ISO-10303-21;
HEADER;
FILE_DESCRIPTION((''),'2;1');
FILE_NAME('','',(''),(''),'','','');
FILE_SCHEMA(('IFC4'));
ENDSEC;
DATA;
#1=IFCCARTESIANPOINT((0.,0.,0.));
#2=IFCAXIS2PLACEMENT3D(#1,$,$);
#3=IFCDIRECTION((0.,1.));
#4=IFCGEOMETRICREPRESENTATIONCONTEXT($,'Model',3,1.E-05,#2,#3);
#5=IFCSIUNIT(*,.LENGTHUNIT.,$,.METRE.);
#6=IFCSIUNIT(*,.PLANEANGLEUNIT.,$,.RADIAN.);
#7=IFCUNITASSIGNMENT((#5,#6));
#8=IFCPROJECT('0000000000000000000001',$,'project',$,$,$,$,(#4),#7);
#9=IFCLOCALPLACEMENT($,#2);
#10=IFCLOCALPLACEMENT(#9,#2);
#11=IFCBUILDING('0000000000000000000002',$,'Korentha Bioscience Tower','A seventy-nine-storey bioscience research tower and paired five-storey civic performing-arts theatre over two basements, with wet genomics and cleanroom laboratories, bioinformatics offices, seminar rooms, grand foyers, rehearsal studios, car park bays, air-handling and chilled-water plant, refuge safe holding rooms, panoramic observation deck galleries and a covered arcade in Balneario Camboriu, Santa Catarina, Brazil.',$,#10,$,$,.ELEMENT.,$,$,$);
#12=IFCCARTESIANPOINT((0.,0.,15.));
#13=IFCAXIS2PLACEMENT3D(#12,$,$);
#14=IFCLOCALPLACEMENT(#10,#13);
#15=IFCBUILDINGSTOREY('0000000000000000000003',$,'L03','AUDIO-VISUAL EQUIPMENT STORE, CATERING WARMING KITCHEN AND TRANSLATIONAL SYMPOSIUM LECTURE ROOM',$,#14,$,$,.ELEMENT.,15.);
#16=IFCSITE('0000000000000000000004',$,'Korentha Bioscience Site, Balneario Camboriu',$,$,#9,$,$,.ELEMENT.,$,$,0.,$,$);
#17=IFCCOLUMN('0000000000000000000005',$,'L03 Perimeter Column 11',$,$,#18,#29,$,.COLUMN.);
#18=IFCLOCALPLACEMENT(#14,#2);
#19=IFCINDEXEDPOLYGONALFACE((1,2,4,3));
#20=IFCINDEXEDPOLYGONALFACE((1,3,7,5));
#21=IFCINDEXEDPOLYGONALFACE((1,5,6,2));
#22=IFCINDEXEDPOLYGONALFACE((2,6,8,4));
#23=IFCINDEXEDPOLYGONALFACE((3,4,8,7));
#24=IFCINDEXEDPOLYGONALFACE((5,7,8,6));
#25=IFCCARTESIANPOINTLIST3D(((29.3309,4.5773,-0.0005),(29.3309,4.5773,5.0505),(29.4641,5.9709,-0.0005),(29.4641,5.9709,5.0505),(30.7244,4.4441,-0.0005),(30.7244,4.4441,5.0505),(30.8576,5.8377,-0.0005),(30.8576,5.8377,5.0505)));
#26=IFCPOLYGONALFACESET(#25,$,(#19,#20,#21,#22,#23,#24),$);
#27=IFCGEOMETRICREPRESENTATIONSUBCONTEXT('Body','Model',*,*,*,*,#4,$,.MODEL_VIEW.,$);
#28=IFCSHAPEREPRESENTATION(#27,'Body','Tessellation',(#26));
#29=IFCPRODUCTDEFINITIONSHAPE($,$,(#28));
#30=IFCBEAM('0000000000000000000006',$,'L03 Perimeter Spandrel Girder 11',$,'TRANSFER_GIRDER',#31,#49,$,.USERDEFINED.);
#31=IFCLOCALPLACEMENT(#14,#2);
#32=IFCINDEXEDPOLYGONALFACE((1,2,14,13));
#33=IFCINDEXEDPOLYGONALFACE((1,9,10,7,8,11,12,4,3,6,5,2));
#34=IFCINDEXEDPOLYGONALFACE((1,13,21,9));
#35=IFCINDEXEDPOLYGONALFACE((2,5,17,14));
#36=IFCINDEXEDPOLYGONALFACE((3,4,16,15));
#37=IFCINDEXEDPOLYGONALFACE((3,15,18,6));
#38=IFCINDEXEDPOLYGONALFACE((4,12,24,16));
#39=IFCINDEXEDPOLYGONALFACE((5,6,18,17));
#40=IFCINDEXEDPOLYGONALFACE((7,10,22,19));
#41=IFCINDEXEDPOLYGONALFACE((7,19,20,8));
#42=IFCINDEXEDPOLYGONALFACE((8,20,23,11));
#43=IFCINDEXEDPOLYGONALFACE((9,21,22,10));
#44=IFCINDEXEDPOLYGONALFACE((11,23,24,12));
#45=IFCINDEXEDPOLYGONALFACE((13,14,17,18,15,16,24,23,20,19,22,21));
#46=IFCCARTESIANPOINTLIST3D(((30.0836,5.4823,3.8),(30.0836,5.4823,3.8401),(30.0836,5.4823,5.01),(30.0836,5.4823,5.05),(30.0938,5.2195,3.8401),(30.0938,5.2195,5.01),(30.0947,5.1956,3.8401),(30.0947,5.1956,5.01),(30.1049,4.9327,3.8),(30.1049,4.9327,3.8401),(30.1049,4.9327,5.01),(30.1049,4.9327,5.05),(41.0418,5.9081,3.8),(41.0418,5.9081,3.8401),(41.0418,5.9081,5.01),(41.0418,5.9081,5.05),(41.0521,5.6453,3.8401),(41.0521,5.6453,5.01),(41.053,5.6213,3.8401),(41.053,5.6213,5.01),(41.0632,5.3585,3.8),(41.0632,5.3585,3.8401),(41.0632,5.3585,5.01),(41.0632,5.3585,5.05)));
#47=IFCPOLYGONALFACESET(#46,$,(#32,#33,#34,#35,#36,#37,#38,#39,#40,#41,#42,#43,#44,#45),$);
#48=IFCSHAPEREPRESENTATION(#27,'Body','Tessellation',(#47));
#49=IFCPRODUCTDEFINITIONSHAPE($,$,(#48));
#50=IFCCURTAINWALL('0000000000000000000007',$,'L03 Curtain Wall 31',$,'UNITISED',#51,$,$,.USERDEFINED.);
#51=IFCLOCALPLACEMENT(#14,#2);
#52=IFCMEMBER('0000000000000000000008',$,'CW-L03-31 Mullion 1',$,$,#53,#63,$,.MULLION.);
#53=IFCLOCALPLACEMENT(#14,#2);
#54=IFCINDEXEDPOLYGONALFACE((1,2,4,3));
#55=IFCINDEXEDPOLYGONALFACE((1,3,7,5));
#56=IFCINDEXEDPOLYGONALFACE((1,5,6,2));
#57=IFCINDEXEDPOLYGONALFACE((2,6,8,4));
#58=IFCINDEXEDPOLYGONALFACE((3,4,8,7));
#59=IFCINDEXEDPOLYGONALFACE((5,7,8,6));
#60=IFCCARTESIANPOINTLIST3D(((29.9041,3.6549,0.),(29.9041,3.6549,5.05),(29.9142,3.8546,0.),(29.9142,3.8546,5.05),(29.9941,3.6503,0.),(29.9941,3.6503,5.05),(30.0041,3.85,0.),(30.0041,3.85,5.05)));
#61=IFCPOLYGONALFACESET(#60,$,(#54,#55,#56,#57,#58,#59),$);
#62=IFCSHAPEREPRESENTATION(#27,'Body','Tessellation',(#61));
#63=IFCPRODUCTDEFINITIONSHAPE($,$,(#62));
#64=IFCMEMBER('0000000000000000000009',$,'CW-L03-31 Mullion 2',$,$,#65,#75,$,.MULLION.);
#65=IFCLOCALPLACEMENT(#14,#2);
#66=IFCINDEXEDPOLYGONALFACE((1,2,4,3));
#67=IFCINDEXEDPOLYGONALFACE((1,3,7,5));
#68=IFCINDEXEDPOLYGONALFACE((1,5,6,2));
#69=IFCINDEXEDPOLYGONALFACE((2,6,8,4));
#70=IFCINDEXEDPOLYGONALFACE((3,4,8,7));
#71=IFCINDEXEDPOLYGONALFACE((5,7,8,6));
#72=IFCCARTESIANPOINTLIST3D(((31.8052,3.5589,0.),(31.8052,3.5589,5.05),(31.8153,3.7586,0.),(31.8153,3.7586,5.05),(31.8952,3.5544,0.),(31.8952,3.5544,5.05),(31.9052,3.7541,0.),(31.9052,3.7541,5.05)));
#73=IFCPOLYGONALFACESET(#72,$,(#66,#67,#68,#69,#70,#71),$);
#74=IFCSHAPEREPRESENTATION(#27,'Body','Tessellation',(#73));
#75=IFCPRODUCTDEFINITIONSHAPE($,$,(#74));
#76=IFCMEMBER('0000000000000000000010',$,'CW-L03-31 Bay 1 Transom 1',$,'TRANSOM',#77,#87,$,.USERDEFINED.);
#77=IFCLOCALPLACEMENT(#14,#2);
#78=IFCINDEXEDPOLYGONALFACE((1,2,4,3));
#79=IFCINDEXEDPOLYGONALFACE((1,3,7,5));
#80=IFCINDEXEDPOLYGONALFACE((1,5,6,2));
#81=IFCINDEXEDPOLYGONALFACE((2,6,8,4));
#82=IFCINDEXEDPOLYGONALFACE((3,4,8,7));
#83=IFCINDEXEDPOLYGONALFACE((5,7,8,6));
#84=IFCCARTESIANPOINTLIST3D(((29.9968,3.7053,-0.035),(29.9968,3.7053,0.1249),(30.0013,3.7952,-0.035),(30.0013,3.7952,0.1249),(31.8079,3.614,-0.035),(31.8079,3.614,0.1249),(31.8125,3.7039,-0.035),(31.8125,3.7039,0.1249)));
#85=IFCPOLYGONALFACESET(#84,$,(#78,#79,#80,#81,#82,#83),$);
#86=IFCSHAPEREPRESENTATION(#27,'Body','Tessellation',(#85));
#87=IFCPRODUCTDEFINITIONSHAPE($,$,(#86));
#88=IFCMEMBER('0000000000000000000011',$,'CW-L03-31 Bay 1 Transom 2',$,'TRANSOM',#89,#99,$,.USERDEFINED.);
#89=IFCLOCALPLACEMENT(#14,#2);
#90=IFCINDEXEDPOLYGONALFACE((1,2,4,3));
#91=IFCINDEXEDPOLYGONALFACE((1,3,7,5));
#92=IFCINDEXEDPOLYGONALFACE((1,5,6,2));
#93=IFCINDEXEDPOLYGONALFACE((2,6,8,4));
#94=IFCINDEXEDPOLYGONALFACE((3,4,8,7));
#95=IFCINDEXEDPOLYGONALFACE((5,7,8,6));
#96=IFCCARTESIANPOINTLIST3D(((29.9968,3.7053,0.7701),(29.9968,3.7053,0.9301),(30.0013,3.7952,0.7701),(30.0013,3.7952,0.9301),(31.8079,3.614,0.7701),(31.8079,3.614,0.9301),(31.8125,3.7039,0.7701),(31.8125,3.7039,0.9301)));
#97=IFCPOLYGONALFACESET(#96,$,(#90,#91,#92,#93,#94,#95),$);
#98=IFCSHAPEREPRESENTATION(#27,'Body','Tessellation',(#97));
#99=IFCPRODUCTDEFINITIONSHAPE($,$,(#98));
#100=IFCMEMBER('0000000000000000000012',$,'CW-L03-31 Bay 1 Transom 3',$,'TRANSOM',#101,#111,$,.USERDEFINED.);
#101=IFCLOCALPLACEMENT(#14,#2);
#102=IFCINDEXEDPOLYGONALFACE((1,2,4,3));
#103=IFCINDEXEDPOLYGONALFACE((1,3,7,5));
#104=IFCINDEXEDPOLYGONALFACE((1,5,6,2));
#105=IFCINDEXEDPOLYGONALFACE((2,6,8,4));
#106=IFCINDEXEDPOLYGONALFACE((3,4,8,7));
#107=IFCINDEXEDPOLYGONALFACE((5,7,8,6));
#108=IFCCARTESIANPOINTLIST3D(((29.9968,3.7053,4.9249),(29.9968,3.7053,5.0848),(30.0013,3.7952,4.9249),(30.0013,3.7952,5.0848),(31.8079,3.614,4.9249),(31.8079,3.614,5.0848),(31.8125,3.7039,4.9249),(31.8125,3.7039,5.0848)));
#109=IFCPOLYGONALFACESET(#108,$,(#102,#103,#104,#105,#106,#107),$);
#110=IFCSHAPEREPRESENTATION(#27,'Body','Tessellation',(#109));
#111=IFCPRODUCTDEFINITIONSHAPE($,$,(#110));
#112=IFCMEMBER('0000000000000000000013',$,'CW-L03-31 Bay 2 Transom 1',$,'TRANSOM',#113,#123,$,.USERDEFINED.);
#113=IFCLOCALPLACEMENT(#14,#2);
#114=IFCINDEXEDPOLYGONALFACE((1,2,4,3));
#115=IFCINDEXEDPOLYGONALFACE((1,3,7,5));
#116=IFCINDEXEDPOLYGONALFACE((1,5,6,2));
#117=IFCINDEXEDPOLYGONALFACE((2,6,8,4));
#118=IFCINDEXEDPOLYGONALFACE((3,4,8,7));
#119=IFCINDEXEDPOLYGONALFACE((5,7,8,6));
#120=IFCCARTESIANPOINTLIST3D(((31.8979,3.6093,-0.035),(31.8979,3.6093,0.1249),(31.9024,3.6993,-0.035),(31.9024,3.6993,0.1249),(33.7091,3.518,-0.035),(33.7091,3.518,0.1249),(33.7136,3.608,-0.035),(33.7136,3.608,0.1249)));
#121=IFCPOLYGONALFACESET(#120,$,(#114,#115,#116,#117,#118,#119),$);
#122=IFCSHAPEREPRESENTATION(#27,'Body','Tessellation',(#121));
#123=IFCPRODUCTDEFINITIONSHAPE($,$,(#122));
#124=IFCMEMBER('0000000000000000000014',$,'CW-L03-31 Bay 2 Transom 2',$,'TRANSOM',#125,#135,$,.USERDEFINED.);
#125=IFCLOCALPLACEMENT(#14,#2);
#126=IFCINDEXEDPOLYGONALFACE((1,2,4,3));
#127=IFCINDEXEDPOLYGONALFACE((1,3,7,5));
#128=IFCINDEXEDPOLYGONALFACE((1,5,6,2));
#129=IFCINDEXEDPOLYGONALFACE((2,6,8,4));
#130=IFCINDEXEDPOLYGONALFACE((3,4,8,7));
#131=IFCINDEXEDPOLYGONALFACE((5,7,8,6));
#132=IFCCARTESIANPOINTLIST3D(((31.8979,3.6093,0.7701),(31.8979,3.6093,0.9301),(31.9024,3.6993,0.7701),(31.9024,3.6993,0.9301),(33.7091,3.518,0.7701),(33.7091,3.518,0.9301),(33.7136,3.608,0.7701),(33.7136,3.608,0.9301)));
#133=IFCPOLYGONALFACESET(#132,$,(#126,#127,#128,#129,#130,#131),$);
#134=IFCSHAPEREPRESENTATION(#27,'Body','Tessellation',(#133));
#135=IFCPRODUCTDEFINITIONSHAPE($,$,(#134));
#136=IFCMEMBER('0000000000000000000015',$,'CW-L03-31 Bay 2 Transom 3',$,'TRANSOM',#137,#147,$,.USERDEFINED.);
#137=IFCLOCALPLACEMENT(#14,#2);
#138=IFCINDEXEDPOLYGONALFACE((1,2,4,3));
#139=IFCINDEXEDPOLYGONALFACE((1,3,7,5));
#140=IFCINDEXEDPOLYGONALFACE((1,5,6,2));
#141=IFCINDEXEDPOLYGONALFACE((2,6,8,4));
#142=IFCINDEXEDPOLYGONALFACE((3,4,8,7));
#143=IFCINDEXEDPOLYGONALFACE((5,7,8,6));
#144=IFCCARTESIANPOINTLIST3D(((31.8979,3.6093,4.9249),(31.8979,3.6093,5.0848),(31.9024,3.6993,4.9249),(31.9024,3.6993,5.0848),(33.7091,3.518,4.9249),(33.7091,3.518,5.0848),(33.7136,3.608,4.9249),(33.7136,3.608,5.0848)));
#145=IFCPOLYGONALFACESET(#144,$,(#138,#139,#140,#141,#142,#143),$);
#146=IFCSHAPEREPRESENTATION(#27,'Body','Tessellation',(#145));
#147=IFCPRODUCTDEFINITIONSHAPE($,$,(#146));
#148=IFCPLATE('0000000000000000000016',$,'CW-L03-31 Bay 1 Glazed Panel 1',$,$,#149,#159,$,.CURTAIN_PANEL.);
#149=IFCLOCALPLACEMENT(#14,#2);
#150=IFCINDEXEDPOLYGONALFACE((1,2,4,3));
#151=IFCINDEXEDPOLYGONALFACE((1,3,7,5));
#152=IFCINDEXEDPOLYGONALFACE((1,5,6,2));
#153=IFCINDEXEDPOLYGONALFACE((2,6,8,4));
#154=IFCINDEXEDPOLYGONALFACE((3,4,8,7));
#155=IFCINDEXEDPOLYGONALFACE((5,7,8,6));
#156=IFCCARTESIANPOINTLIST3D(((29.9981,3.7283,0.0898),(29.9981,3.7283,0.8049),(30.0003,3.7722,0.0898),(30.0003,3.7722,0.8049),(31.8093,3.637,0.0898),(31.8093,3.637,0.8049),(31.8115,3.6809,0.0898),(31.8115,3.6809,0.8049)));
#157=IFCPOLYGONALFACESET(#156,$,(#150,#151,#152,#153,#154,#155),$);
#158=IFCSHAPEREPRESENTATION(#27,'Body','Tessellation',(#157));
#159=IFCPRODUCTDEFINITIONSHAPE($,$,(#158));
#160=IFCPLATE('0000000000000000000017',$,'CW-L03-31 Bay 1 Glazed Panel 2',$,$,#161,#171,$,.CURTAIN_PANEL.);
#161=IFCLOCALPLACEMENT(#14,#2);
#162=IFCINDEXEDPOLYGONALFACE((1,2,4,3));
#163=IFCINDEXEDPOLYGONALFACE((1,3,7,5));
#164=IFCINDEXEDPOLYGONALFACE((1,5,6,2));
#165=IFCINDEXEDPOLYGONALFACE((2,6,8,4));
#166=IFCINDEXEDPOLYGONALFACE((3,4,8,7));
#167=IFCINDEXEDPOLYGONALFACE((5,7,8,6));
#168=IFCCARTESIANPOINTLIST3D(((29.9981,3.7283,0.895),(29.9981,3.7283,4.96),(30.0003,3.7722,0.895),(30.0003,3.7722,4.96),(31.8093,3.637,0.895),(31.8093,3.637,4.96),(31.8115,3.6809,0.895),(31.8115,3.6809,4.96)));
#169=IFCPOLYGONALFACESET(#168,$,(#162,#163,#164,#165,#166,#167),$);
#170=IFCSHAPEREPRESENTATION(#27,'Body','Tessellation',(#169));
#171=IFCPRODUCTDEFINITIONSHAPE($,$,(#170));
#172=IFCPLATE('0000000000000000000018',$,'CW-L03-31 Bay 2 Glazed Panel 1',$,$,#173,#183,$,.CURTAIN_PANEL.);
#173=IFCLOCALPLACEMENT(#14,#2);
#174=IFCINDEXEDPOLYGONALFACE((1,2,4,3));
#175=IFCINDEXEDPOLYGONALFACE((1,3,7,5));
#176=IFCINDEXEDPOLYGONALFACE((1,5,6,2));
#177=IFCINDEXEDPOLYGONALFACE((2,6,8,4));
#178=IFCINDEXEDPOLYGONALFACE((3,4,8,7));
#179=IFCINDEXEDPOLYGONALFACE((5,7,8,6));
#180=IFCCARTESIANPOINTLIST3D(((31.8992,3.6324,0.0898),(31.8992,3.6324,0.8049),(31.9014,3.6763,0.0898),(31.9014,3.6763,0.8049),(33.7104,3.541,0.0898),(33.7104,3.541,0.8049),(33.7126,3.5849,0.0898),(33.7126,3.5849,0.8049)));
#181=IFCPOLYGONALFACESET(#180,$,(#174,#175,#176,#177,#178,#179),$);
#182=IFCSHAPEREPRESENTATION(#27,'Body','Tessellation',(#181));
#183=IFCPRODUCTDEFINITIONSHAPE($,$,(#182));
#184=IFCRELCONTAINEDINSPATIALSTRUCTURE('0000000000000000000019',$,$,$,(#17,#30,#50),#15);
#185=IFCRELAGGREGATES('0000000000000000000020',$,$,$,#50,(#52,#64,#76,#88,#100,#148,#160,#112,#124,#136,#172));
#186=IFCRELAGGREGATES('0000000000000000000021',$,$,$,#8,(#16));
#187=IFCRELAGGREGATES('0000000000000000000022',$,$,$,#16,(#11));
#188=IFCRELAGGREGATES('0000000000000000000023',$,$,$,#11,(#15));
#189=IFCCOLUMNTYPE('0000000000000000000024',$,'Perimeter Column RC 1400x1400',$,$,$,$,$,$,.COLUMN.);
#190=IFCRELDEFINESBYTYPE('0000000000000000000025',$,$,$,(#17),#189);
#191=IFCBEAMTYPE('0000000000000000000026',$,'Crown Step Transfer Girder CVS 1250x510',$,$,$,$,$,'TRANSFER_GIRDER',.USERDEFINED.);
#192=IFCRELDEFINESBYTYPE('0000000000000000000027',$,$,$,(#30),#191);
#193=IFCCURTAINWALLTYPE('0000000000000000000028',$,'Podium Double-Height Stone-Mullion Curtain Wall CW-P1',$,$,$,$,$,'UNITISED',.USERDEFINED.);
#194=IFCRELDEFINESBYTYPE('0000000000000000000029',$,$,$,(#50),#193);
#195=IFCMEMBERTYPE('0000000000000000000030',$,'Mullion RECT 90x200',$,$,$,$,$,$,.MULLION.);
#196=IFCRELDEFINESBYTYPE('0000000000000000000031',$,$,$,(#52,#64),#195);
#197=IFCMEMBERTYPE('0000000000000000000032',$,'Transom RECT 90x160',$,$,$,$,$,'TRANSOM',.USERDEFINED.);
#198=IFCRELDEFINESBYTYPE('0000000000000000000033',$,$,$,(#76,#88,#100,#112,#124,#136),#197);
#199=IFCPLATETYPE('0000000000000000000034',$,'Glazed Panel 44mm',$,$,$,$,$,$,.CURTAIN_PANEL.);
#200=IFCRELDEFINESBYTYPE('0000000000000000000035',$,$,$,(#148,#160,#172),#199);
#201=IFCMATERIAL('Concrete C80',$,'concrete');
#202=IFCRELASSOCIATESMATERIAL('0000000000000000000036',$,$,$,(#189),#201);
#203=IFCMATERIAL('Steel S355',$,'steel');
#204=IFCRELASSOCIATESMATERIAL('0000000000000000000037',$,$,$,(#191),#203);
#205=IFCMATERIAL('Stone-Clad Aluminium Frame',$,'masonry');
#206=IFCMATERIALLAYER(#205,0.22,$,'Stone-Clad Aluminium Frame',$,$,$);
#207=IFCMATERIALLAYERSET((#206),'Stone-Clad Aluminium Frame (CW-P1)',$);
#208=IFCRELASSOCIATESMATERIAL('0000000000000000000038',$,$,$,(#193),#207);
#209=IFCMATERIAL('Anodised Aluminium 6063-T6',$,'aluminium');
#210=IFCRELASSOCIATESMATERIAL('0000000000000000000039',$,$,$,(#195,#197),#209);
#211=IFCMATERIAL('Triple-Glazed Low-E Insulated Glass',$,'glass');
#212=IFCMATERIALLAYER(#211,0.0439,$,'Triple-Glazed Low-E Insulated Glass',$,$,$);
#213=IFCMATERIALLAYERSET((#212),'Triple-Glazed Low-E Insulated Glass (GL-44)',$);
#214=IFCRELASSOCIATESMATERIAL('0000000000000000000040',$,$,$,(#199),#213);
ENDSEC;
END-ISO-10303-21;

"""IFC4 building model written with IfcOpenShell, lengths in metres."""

from ifc_helpers import new_model, si_unit, direction, frame, origin, origin_2d, place, context, subcontext, project, spatial, rectangle, i_section, extrude, material, layer, layer_set, material_profile, profile_set, type_object, element, aggregate, save


model = new_model("IFC4")

# Units and contexts
model_context = context("Model", 3, precision=1e-05, world=origin(), true_north=direction((0.0, 1.0)))
body_context = subcontext(model_context, "Body", "Model", "MODEL_VIEW")
ifc_project = project(units=[si_unit("LENGTHUNIT", "METRE"), si_unit("PLANEANGLEUNIT", "RADIAN")], contexts=[model_context])

# Site, building, storey
site_placement = place(None, origin())
site = spatial("IfcSite", under=ifc_project, at=site_placement, Name="Korentha Bioscience Site, Balneario Camboriu", CompositionType="ELEMENT", RefElevation=0.0)
building_placement = place(site_placement, origin())
building = spatial("IfcBuilding", under=site, at=building_placement, Name="Korentha Bioscience Tower", Description="A seventy-nine-storey bioscience research tower and paired five-storey civic performing-arts theatre over two basements, with wet genomics and cleanroom laboratories, bioinformatics offices, seminar rooms, grand foyers, rehearsal studios, car park bays, air-handling and chilled-water plant, refuge safe holding rooms, panoramic observation deck galleries and a covered arcade in Balneario Camboriu, Santa Catarina, Brazil.", CompositionType="ELEMENT")
storey_placement = place(building_placement, frame((0.0, 0.0, 15.0)))
storey = spatial("IfcBuildingStorey", under=building, at=storey_placement, Name="L03", Description="AUDIO-VISUAL EQUIPMENT STORE, CATERING WARMING KITCHEN AND TRANSLATIONAL SYMPOSIUM LECTURE ROOM", CompositionType="ELEMENT", Elevation=15.0)

# Column
ifc_material_1 = material(Name="Concrete C80", Category="concrete")
ifc_material_profile_1 = material_profile(ifc_material_1, rectangle(XDim=1.3999, YDim=1.3999, at=origin_2d()), Name="Concrete C80")
ifc_profile_set_1 = profile_set([ifc_material_profile_1], Name="Concrete C80 (COL-P14)")
column_type = type_object("IfcColumnType", Name="Perimeter Column RC 1400x1400", PredefinedType="COLUMN", material=ifc_profile_set_1)
column_placement = place(storey_placement, frame((30.0942, 5.2075, -0.0005), z_axis=(0.0, 0.0, 1.0), x_axis=(-0.995463, 0.095151, 0.0)))
element("IfcColumn", 1, at=column_placement, inside=storey, type_object=column_type, Name="L03 Perimeter Column 11", PredefinedType="COLUMN", context=body_context, shape_type="SweptSolid", body=[
    extrude(rectangle(XDim=1.3999, YDim=1.3999, at=origin_2d()), origin(), (0.0, 0.0, 1.0), 5.051),
])

# Beam
ifc_material_2 = material(Name="Steel S355", Category="steel")
ifc_material_profile_2 = material_profile(ifc_material_2, i_section(OverallWidth=0.55, OverallDepth=1.25, WebThickness=0.0239, FlangeThickness=0.04, at=origin_2d()), Name="Steel S355")
ifc_profile_set_2 = profile_set([ifc_material_profile_2], Name="Steel S355 (TG-03)")
beam_type = type_object("IfcBeamType", Name="Crown Step Transfer Girder CVS 1250x510", ElementType="TRANSFER_GIRDER", PredefinedType="USERDEFINED", material=ifc_profile_set_2)
beam_placement = place(storey_placement, frame((30.0942, 5.2075, 4.425), z_axis=(0.999246, 0.038826, 0.0), x_axis=(-0.038826, 0.999246, 0.0)))
element("IfcBeam", 2, at=beam_placement, inside=storey, type_object=beam_type, Name="L03 Perimeter Spandrel Girder 11", ObjectType="TRANSFER_GIRDER", PredefinedType="USERDEFINED", context=body_context, shape_type="SweptSolid", body=[
    extrude(i_section(OverallWidth=0.55, OverallDepth=1.25, WebThickness=0.0239, FlangeThickness=0.04, at=origin_2d()), origin(), (0.0, 0.0, 1.0), 10.9666),
])

# Curtain wall, members, plates
ifc_material_3 = material(Name="Stone-Clad Aluminium Frame", Category="masonry")
ifc_layer_1 = layer(ifc_material_3, 0.22, Name="Stone-Clad Aluminium Frame")
ifc_layer_set_1 = layer_set([ifc_layer_1], Name="Stone-Clad Aluminium Frame (CW-P1)")
curtain_wall_type = type_object("IfcCurtainWallType", Name="Podium Double-Height Stone-Mullion Curtain Wall CW-P1", ElementType="UNITISED", PredefinedType="USERDEFINED", material=ifc_layer_set_1)
curtain_wall_placement = place(storey_placement, origin())
curtain_wall = element("IfcCurtainWall", 3, at=curtain_wall_placement, inside=storey, type_object=curtain_wall_type, Name="L03 Curtain Wall 31", ObjectType="UNITISED", PredefinedType="USERDEFINED")
ifc_material_4 = material(Name="Anodised Aluminium 6063-T6", Category="aluminium")
ifc_material_profile_3 = material_profile(ifc_material_4, rectangle(XDim=0.0901, YDim=0.2, at=origin_2d()), Name="Anodised Aluminium 6063-T6")
ifc_profile_set_3 = profile_set([ifc_material_profile_3], Name="Anodised Aluminium 6063-T6 (CW-MUL)")
member_type_1 = type_object("IfcMemberType", Name="Mullion RECT 90x200", PredefinedType="MULLION", material=ifc_profile_set_3)
member_1_placement = place(storey_placement, frame((29.9541, 3.7524, 0.0), z_axis=(0.0, 0.0, 1.0), x_axis=(0.998731, -0.050371, 0.0)))
member_1 = element("IfcMember", 4, at=member_1_placement, type_object=member_type_1, Name="CW-L03-31 Mullion 1", PredefinedType="MULLION", context=body_context, shape_type="SweptSolid", body=[
    extrude(rectangle(XDim=0.0901, YDim=0.2, at=origin_2d()), origin(), (0.0, 0.0, 1.0), 5.05),
])
member_2_placement = place(storey_placement, frame((31.8552, 3.6565, 0.0), z_axis=(0.0, 0.0, 1.0), x_axis=(0.998731, -0.050371, 0.0)))
member_2 = element("IfcMember", 5, at=member_2_placement, type_object=member_type_1, Name="CW-L03-31 Mullion 2", PredefinedType="MULLION", context=body_context, shape_type="SweptSolid", body=[
    extrude(rectangle(XDim=0.0901, YDim=0.2, at=origin_2d()), origin(), (0.0, 0.0, 1.0), 5.05),
])
ifc_material_profile_4 = material_profile(ifc_material_4, rectangle(XDim=0.0901, YDim=0.1599, at=origin_2d()), Name="Anodised Aluminium 6063-T6")
ifc_profile_set_4 = profile_set([ifc_material_profile_4], Name="Anodised Aluminium 6063-T6 (CW-TRN)")
member_type_2 = type_object("IfcMemberType", Name="Transom RECT 90x160", ElementType="TRANSOM", PredefinedType="USERDEFINED", material=ifc_profile_set_4)
member_3_placement = place(storey_placement, frame((29.999, 3.7502, 0.0449), z_axis=(0.998732, -0.050347, 0.0), x_axis=(0.050347, 0.998732, 0.0)))
member_3 = element("IfcMember", 6, at=member_3_placement, type_object=member_type_2, Name="CW-L03-31 Bay 1 Transom 1", ObjectType="TRANSOM", PredefinedType="USERDEFINED", context=body_context, shape_type="SweptSolid", body=[
    extrude(rectangle(XDim=0.0901, YDim=0.1599, at=origin_2d()), origin(), (0.0, 0.0, 1.0), 1.8135),
])
member_4_placement = place(storey_placement, frame((29.999, 3.7502, 0.8501), z_axis=(0.998732, -0.050347, 0.0), x_axis=(0.050347, 0.998732, 0.0)))
member_4 = element("IfcMember", 7, at=member_4_placement, type_object=member_type_2, Name="CW-L03-31 Bay 1 Transom 2", ObjectType="TRANSOM", PredefinedType="USERDEFINED", context=body_context, shape_type="SweptSolid", body=[
    extrude(rectangle(XDim=0.0901, YDim=0.1599, at=origin_2d()), origin(), (0.0, 0.0, 1.0), 1.8135),
])
member_5_placement = place(storey_placement, frame((29.999, 3.7502, 5.0049), z_axis=(0.998732, -0.050347, 0.0), x_axis=(0.050347, 0.998732, 0.0)))
member_5 = element("IfcMember", 8, at=member_5_placement, type_object=member_type_2, Name="CW-L03-31 Bay 1 Transom 3", ObjectType="TRANSOM", PredefinedType="USERDEFINED", context=body_context, shape_type="SweptSolid", body=[
    extrude(rectangle(XDim=0.0901, YDim=0.1599, at=origin_2d()), origin(), (0.0, 0.0, 1.0), 1.8135),
])
member_6_placement = place(storey_placement, frame((31.9001, 3.6543, 0.0449), z_axis=(0.998732, -0.050347, 0.0), x_axis=(0.050347, 0.998732, 0.0)))
member_6 = element("IfcMember", 9, at=member_6_placement, type_object=member_type_2, Name="CW-L03-31 Bay 2 Transom 1", ObjectType="TRANSOM", PredefinedType="USERDEFINED", context=body_context, shape_type="SweptSolid", body=[
    extrude(rectangle(XDim=0.0901, YDim=0.1599, at=origin_2d()), origin(), (0.0, 0.0, 1.0), 1.8135),
])
member_7_placement = place(storey_placement, frame((31.9001, 3.6543, 0.8501), z_axis=(0.998732, -0.050347, 0.0), x_axis=(0.050347, 0.998732, 0.0)))
member_7 = element("IfcMember", 10, at=member_7_placement, type_object=member_type_2, Name="CW-L03-31 Bay 2 Transom 2", ObjectType="TRANSOM", PredefinedType="USERDEFINED", context=body_context, shape_type="SweptSolid", body=[
    extrude(rectangle(XDim=0.0901, YDim=0.1599, at=origin_2d()), origin(), (0.0, 0.0, 1.0), 1.8135),
])
member_8_placement = place(storey_placement, frame((31.9001, 3.6543, 5.0049), z_axis=(0.998732, -0.050347, 0.0), x_axis=(0.050347, 0.998732, 0.0)))
member_8 = element("IfcMember", 11, at=member_8_placement, type_object=member_type_2, Name="CW-L03-31 Bay 2 Transom 3", ObjectType="TRANSOM", PredefinedType="USERDEFINED", context=body_context, shape_type="SweptSolid", body=[
    extrude(rectangle(XDim=0.0901, YDim=0.1599, at=origin_2d()), origin(), (0.0, 0.0, 1.0), 1.8135),
])
ifc_material_5 = material(Name="Triple-Glazed Low-E Insulated Glass", Category="glass")
ifc_layer_2 = layer(ifc_material_5, 0.0439, Name="Triple-Glazed Low-E Insulated Glass")
ifc_layer_set_2 = layer_set([ifc_layer_2], Name="Triple-Glazed Low-E Insulated Glass (GL-44)")
plate_type = type_object("IfcPlateType", Name="Glazed Panel 44mm", PredefinedType="CURTAIN_PANEL", material=ifc_layer_set_2)
plate_1_placement = place(storey_placement, frame((30.9048, 3.7046, 0.0898), z_axis=(0.0, 0.0, 1.0), x_axis=(0.998731, -0.050371, 0.0)))
plate_1 = element("IfcPlate", 12, at=plate_1_placement, type_object=plate_type, Name="CW-L03-31 Bay 1 Glazed Panel 1", PredefinedType="CURTAIN_PANEL", context=body_context, shape_type="SweptSolid", body=[
    extrude(rectangle(XDim=1.8135, YDim=0.0439, at=origin_2d()), origin(), (0.0, 0.0, 1.0), 0.7151),
])
plate_2_placement = place(storey_placement, frame((30.9048, 3.7046, 0.895), z_axis=(0.0, 0.0, 1.0), x_axis=(0.998731, -0.050371, 0.0)))
plate_2 = element("IfcPlate", 13, at=plate_2_placement, type_object=plate_type, Name="CW-L03-31 Bay 1 Glazed Panel 2", PredefinedType="CURTAIN_PANEL", context=body_context, shape_type="SweptSolid", body=[
    extrude(rectangle(XDim=1.8135, YDim=0.0439, at=origin_2d()), origin(), (0.0, 0.0, 1.0), 4.0649),
])
plate_3_placement = place(storey_placement, frame((32.8059, 3.6086, 0.0898), z_axis=(0.0, 0.0, 1.0), x_axis=(0.998731, -0.050371, 0.0)))
plate_3 = element("IfcPlate", 14, at=plate_3_placement, type_object=plate_type, Name="CW-L03-31 Bay 2 Glazed Panel 1", PredefinedType="CURTAIN_PANEL", context=body_context, shape_type="SweptSolid", body=[
    extrude(rectangle(XDim=1.8135, YDim=0.0439, at=origin_2d()), origin(), (0.0, 0.0, 1.0), 0.7151),
])
aggregate(curtain_wall, [member_1, member_2, member_3, member_4, member_5, plate_1, plate_2, member_6, member_7, member_8, plate_3])

save(model, "model.ifc")
